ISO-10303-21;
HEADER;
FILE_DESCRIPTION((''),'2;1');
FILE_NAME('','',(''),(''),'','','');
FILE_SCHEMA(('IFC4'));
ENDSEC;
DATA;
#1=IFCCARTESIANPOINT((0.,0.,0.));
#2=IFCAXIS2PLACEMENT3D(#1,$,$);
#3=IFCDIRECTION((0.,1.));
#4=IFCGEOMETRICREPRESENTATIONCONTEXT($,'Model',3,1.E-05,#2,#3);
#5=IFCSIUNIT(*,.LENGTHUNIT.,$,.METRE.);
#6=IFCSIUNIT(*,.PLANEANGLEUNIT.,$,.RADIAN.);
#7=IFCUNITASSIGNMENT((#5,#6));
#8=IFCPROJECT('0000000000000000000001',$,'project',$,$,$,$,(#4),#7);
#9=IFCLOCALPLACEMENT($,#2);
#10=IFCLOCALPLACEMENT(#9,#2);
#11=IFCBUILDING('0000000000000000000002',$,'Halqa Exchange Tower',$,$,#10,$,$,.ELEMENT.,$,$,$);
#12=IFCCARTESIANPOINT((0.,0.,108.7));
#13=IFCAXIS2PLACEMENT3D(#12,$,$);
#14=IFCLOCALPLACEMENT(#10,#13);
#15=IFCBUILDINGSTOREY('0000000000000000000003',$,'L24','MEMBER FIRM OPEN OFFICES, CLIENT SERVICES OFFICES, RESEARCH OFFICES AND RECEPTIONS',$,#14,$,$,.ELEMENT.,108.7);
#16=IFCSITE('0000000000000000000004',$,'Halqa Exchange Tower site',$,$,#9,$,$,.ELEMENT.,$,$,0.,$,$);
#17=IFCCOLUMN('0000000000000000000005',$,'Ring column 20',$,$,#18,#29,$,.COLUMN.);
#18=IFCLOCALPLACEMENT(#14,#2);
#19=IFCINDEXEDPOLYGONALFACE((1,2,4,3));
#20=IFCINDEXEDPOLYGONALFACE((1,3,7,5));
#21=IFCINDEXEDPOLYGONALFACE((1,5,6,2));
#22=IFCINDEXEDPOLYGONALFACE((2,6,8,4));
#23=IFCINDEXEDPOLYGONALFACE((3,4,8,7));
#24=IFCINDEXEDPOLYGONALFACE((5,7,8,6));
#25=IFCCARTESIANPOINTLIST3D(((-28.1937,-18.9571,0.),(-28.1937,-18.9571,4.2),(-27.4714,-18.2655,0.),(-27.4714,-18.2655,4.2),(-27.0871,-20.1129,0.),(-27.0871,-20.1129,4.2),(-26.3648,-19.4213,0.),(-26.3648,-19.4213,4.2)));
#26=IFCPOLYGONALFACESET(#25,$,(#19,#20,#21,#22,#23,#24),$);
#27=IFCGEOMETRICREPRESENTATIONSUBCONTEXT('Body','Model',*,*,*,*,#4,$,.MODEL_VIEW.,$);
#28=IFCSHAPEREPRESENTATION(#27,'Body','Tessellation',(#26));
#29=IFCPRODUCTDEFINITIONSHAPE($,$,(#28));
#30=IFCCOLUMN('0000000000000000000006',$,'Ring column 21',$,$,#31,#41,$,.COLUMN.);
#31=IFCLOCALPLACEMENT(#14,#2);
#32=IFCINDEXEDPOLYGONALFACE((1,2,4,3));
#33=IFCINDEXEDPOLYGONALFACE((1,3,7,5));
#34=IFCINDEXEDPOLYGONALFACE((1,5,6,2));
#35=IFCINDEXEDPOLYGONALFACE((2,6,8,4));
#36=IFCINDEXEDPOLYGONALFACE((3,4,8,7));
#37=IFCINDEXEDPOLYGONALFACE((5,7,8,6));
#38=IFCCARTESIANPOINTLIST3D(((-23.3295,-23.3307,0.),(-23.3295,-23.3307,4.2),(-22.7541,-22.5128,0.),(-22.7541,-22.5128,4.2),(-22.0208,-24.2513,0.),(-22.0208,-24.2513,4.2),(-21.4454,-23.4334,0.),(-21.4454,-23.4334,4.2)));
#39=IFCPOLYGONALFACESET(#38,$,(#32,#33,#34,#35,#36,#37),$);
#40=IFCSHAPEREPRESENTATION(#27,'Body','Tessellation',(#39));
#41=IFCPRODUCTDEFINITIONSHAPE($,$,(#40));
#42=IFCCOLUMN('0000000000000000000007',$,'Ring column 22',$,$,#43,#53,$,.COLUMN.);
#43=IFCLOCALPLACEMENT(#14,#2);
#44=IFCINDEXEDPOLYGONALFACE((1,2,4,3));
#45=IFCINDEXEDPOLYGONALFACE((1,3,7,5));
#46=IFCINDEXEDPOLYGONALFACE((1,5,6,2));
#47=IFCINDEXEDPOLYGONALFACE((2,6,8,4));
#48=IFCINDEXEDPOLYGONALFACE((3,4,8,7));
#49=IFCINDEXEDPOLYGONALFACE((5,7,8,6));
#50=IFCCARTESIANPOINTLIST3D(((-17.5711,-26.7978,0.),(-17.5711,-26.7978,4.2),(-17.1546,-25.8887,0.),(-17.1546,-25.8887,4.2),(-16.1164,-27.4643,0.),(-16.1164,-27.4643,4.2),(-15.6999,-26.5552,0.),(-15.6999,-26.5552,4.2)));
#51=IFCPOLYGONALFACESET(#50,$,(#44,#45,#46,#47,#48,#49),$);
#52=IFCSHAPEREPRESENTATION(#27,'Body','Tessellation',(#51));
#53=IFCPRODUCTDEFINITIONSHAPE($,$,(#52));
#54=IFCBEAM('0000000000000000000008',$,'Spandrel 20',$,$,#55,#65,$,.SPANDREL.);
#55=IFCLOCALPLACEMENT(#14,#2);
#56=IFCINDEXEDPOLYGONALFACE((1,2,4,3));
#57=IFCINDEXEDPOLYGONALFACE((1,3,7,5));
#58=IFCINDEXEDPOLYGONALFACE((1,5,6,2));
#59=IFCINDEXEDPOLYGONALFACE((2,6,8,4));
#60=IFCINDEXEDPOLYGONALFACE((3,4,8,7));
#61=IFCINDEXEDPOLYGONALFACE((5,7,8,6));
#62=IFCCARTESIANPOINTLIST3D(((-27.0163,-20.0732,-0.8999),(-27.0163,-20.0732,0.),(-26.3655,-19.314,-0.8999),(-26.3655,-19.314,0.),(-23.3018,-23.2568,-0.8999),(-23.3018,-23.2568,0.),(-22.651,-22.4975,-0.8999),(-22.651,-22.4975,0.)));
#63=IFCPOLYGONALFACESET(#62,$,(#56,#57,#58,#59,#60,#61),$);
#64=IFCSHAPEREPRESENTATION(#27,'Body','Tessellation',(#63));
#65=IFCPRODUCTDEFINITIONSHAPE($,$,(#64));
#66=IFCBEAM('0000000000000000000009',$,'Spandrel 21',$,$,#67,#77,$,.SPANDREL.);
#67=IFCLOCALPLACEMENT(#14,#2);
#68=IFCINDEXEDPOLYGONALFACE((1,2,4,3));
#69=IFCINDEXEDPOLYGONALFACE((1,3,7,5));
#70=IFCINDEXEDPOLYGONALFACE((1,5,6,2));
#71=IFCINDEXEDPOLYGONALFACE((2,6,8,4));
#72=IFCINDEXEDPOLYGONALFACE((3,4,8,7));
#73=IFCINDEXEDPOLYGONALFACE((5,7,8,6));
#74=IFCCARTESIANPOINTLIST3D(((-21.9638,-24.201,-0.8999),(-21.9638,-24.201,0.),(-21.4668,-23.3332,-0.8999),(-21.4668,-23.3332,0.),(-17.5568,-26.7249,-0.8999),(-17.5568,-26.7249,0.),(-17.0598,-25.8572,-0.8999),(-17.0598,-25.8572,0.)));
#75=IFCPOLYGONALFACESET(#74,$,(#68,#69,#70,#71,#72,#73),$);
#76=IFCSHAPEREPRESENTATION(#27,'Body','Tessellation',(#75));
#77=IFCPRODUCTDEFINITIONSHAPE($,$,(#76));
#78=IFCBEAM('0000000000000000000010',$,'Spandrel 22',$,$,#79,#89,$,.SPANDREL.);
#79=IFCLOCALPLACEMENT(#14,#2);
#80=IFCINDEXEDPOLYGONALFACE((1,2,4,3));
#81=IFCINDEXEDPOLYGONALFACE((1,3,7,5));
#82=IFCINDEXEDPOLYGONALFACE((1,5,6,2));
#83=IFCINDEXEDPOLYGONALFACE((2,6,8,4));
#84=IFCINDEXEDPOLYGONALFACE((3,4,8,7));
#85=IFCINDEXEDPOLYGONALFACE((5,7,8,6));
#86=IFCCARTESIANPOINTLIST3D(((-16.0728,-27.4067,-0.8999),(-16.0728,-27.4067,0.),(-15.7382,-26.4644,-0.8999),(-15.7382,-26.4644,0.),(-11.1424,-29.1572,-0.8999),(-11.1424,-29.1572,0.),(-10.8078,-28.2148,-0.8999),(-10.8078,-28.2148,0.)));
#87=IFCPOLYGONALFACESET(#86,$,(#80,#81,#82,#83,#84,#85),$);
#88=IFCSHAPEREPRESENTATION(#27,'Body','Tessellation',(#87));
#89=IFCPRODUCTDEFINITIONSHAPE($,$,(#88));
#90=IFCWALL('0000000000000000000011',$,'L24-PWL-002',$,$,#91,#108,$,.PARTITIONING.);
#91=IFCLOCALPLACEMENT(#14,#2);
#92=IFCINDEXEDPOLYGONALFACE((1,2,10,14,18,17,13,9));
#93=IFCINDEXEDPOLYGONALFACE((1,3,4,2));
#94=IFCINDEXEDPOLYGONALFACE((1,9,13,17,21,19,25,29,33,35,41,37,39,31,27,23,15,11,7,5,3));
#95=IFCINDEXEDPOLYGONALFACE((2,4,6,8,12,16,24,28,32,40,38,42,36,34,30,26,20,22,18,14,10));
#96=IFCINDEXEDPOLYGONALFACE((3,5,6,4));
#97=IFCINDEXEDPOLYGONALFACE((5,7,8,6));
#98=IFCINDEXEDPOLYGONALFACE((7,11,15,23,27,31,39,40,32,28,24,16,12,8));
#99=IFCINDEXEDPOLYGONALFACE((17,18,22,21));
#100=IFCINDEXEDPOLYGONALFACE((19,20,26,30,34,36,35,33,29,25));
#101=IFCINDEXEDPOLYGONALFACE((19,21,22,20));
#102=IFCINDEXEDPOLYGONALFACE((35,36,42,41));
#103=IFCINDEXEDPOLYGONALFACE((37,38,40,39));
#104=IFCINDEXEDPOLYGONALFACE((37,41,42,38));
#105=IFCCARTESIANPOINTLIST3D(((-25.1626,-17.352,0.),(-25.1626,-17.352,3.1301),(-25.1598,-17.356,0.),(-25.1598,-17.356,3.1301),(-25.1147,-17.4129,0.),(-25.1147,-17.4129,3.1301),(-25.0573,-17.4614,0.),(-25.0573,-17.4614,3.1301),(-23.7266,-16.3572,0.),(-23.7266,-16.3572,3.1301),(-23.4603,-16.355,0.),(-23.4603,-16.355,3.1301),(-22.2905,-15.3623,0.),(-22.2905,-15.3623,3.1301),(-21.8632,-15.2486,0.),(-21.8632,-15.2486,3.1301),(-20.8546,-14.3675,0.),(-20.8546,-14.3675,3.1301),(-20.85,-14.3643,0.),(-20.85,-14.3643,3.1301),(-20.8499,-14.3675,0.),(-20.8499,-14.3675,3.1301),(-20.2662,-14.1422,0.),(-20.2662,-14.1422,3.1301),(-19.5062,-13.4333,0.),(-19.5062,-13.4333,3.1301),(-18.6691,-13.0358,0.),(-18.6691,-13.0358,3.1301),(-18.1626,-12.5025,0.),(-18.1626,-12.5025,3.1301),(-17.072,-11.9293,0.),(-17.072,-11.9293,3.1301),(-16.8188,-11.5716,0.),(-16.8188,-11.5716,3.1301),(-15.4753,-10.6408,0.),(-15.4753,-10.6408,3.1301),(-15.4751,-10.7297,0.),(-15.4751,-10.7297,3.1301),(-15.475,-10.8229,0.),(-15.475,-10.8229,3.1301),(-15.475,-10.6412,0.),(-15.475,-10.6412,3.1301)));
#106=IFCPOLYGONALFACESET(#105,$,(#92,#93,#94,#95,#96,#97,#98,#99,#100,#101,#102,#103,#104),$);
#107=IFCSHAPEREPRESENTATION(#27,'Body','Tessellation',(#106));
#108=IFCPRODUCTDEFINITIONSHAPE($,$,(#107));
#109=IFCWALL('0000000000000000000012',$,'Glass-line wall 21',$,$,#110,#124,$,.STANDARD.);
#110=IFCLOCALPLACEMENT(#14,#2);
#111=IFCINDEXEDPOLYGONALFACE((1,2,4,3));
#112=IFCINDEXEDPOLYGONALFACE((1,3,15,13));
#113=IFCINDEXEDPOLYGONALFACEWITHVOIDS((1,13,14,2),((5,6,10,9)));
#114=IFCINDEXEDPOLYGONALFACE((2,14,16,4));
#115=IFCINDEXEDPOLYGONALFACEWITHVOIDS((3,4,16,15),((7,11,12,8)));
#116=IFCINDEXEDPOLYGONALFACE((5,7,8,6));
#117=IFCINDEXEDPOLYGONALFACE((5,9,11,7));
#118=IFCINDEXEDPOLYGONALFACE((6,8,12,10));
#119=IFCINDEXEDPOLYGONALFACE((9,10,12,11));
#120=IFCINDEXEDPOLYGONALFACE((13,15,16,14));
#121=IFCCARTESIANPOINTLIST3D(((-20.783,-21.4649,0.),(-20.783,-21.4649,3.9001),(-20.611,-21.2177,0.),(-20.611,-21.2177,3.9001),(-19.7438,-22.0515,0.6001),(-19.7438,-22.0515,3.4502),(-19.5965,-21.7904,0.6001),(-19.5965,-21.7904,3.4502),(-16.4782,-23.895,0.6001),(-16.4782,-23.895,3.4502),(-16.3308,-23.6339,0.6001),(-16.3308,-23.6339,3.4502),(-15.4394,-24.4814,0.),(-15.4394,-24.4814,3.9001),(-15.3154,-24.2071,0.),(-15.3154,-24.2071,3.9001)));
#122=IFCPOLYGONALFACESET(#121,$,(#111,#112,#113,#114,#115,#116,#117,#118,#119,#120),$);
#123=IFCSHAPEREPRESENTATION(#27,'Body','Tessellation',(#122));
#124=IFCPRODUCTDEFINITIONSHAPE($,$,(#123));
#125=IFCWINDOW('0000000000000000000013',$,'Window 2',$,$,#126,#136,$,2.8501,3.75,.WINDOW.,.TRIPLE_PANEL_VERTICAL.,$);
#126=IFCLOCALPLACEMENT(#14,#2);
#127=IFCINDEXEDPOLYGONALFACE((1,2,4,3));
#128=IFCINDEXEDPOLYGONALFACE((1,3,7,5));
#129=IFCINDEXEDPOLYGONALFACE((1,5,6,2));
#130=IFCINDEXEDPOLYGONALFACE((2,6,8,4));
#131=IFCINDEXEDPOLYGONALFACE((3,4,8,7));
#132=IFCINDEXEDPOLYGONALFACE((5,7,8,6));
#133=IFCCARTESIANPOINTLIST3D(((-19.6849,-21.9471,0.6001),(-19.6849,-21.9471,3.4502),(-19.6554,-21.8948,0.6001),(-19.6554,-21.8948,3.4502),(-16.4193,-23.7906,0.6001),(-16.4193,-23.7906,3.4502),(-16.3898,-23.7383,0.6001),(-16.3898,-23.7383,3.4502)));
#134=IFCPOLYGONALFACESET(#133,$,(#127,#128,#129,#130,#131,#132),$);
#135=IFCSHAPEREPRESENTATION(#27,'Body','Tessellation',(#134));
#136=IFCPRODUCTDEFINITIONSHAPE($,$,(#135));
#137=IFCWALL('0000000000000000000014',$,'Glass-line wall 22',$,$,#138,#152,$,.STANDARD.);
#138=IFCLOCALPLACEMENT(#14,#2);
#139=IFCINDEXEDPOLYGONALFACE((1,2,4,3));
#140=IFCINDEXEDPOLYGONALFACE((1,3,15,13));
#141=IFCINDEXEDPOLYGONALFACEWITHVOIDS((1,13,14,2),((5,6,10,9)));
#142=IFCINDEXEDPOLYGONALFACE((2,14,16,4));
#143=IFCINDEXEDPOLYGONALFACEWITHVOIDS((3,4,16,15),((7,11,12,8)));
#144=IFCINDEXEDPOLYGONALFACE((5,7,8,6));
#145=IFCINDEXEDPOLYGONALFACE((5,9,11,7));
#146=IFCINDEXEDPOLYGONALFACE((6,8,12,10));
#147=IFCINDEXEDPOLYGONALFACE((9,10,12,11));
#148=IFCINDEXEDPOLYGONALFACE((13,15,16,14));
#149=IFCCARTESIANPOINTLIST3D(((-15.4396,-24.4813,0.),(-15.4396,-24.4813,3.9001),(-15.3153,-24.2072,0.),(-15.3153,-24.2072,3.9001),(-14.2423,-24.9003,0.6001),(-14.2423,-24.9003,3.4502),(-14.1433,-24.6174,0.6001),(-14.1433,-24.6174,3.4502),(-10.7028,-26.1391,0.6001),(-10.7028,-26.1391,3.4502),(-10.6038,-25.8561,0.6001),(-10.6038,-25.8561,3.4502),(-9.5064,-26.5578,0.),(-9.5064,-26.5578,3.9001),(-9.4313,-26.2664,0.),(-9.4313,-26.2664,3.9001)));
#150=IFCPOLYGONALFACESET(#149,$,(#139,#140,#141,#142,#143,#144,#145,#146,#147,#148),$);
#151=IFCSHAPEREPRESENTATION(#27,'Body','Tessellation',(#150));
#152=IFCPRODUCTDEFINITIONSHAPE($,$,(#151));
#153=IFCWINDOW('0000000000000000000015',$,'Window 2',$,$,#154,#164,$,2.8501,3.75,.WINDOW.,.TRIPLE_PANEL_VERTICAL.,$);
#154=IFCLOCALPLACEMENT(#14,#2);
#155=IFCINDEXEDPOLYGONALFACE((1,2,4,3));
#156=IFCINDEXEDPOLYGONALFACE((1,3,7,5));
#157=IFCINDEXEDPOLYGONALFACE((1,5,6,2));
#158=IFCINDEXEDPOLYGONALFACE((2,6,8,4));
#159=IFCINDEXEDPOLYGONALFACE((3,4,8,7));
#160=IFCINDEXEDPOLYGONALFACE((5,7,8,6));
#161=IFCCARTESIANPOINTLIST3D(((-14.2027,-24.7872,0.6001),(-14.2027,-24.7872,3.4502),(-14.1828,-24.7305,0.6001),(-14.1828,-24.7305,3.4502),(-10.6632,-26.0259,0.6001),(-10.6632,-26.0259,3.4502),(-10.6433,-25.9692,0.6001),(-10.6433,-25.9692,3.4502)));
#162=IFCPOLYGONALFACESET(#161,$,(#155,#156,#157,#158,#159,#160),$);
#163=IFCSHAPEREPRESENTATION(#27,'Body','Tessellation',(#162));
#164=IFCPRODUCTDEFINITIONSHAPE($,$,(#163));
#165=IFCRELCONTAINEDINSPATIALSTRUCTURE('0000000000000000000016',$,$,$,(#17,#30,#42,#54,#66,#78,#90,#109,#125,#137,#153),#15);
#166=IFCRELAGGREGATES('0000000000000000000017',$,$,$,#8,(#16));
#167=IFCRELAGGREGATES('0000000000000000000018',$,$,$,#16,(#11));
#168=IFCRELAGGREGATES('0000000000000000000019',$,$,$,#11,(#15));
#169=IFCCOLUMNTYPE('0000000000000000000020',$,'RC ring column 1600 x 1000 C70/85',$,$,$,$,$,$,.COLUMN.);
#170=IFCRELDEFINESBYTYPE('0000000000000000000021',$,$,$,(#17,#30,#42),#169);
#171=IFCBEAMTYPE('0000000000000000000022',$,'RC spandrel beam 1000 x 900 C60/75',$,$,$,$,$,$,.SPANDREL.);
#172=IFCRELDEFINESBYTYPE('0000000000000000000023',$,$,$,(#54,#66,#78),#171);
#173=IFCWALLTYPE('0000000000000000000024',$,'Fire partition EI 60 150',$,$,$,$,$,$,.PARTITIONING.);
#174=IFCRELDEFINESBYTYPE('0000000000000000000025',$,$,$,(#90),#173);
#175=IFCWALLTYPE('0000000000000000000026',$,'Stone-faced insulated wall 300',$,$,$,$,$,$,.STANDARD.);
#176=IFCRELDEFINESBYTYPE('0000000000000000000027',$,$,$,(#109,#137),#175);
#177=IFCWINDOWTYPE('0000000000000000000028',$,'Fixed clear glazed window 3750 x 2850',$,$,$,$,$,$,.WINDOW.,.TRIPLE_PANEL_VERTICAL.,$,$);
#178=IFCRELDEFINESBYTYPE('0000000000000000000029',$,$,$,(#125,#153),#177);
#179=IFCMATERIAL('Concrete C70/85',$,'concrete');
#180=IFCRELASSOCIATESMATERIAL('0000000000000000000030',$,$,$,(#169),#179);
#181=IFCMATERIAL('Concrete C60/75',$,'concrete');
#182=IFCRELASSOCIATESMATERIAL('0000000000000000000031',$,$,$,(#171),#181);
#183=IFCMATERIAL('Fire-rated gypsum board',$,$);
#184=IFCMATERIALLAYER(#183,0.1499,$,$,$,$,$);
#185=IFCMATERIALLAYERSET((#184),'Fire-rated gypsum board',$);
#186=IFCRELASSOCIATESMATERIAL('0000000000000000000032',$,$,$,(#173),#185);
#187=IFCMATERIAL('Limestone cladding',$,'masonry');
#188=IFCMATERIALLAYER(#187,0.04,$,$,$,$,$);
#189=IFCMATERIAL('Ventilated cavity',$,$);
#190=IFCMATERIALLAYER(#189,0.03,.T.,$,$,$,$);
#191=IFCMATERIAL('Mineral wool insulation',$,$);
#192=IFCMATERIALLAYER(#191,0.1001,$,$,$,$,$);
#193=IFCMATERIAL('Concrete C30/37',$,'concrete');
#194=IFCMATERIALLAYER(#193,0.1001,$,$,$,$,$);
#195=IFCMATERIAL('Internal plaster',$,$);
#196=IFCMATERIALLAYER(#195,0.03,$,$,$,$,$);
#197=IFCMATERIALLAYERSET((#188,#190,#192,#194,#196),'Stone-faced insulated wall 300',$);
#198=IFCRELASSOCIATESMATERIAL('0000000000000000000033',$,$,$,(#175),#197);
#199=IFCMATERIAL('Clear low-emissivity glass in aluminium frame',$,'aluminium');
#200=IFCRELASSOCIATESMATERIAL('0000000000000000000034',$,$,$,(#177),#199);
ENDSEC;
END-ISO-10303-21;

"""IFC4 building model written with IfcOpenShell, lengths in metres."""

from ifc_helpers import new_model, si_unit, direction, frame, frame_2d, origin, origin_2d, place, context, subcontext, project, spatial, polyline, rectangle, outline, extrude, material, layer, layer_set, material_profile, profile_set, type_object, element, fill, save


model = new_model("IFC4")

# Units and contexts
model_context = context("Model", 3, precision=1e-05, world=origin(), true_north=direction((0.0, 1.0)))
body_context = subcontext(model_context, "Body", "Model", "MODEL_VIEW")
ifc_project = project(units=[si_unit("LENGTHUNIT", "METRE"), si_unit("PLANEANGLEUNIT", "RADIAN")], contexts=[model_context])

# Site, building, storey
site_placement = place(None, origin())
site = spatial("IfcSite", under=ifc_project, at=site_placement, Name="Halqa Exchange Tower site", CompositionType="ELEMENT", RefElevation=0.0)
building_placement = place(site_placement, origin())
building = spatial("IfcBuilding", under=site, at=building_placement, Name="Halqa Exchange Tower", CompositionType="ELEMENT")
storey_placement = place(building_placement, frame((0.0, 0.0, 108.7)))
storey = spatial("IfcBuildingStorey", under=building, at=storey_placement, Name="L24", Description="MEMBER FIRM OPEN OFFICES, CLIENT SERVICES OFFICES, RESEARCH OFFICES AND RECEPTIONS", CompositionType="ELEMENT", Elevation=108.7)

# Columns
ifc_material_1 = material(Name="Concrete C70/85", Category="concrete")
ifc_material_profile_1 = material_profile(ifc_material_1, rectangle(XDim=1.6001, YDim=1.0, at=origin_2d()), Name="1600 x 1000")
ifc_profile_set_1 = profile_set([ifc_material_profile_1], Name="Concrete C70/85")
column_type = type_object("IfcColumnType", Name="RC ring column 1600 x 1000 C70/85", PredefinedType="COLUMN", material=ifc_profile_set_1)
for number, where, z_axis, x_axis, name in (
    (1, (-27.2793, -19.1892, 0.0), (0.0, 0.0, 1.0), (0.691581, -0.722299, 0.0), "Ring column 20"),
    (2, (-22.3875, -23.3821, 0.0), (0.0, 0.0, 1.0), (0.817911, -0.575345, 0.0), "Ring column 21"),
    (3, (-16.6355, -26.6765, 0.0), (0.0, 0.0, 1.0), (0.909128, -0.416517, 0.0), "Ring column 22"),
):
    element("IfcColumn", number, at=place(storey_placement, frame(where, z_axis=z_axis, x_axis=x_axis)), inside=storey, type_object=column_type, Name=name, PredefinedType="COLUMN", context=body_context, shape_type="SweptSolid", body=[
        extrude(rectangle(XDim=1.6001, YDim=1.0, at=origin_2d()), origin(), (0.0, 0.0, 1.0), 4.2),
    ])

# Beams
ifc_material_2 = material(Name="Concrete C60/75", Category="concrete")
ifc_material_profile_2 = material_profile(ifc_material_2, rectangle(XDim=1.0, YDim=0.8999, at=origin_2d()), Name="1000 x 900")
ifc_profile_set_2 = profile_set([ifc_material_profile_2], Name="Concrete C60/75")
beam_type = type_object("IfcBeamType", Name="RC spandrel beam 1000 x 900 C60/75", PredefinedType="SPANDREL", material=ifc_profile_set_2)
beam_1_placement = place(storey_placement, frame((-26.6909, -19.6936, -0.45), z_axis=(0.759292, -0.65075, 0.0), x_axis=(0.65075, 0.759292, 0.0)))
element("IfcBeam", 4, at=beam_1_placement, inside=storey, type_object=beam_type, Name="Spandrel 20", PredefinedType="SPANDREL", context=body_context, shape_type="SweptSolid", body=[
    extrude(rectangle(XDim=1.0, YDim=0.8999, at=origin_2d()), origin(), (0.0, 0.0, 1.0), 4.8921),
])
beam_2_placement = place(storey_placement, frame((-21.7153, -23.7671, -0.45), z_axis=(0.867763, -0.496977, 0.0), x_axis=(0.496977, 0.867763, 0.0)))
element("IfcBeam", 5, at=beam_2_placement, inside=storey, type_object=beam_type, Name="Spandrel 21", PredefinedType="SPANDREL", context=body_context, shape_type="SweptSolid", body=[
    extrude(rectangle(XDim=1.0, YDim=0.8999, at=origin_2d()), origin(), (0.0, 0.0, 1.0), 5.0786),
])
beam_3_placement = place(storey_placement, frame((-15.9055, -26.9355, -0.45), z_axis=(0.942368, -0.334577, 0.0), x_axis=(0.334577, 0.942368, 0.0)))
element("IfcBeam", 6, at=beam_3_placement, inside=storey, type_object=beam_type, Name="Spandrel 22", PredefinedType="SPANDREL", context=body_context, shape_type="SweptSolid", body=[
    extrude(rectangle(XDim=1.0, YDim=0.8999, at=origin_2d()), origin(), (0.0, 0.0, 1.0), 5.2319),
])

# Wall
ifc_material_3 = material(Name="Fire-rated gypsum board")
ifc_layer_1 = layer(ifc_material_3, 0.1499)
ifc_layer_set_1 = layer_set([ifc_layer_1], Name="Fire-rated gypsum board")
wall_type_1 = type_object("IfcWallType", Name="Fire partition EI 60 150", PredefinedType="PARTITIONING", material=ifc_layer_set_1)
wall_1_placement = place(storey_placement, frame((-25.1199, -17.4136, 0.0), z_axis=(0.0, 0.0, 1.0), x_axis=(0.822009, 0.569475, 0.0)))
element("IfcWall", 7, at=wall_1_placement, inside=storey, type_object=wall_type_1, Name="L24-PWL-002", PredefinedType="PARTITIONING", context=body_context, shape_type="SweptSolid", body=[
    extrude(outline(polyline([(0.0242, -0.075), (1.967, -0.075), (3.9099, -0.075), (5.8528, -0.075), (7.7957, -0.075), (9.7385, -0.075), (11.6814, -0.075), (11.7344, 0.0017), (11.7344, 0.0017), (11.7849, 0.0745), (11.7849, 0.075), (10.1504, 0.075), (8.5156, 0.075), (6.8811, 0.075), (5.2463, 0.075), (5.2446, 0.0723), (5.2407, 0.075), (3.4939, 0.075), (1.7468, 0.075), (0.0, 0.075), (0.0, 0.0701), (0.0046, -0.0024), (0.0242, -0.075)])), origin(), (0.0, 0.0, 1.0), 3.1301),
])

# Shared definitions
ifc_material_4 = material(Name="Limestone cladding", Category="masonry")
ifc_layer_2 = layer(ifc_material_4, 0.04)
ifc_material_5 = material(Name="Ventilated cavity")
ifc_layer_3 = layer(ifc_material_5, 0.03, ventilated=True)
ifc_material_6 = material(Name="Mineral wool insulation")
ifc_layer_4 = layer(ifc_material_6, 0.1001)
ifc_material_7 = material(Name="Concrete C30/37", Category="concrete")
ifc_layer_5 = layer(ifc_material_7, 0.1001)
ifc_material_8 = material(Name="Internal plaster")
ifc_layer_6 = layer(ifc_material_8, 0.03)
ifc_layer_set_2 = layer_set([ifc_layer_2, ifc_layer_3, ifc_layer_4, ifc_layer_5, ifc_layer_6], Name="Stone-faced insulated wall 300")
wall_type_2 = type_object("IfcWallType", Name="Stone-faced insulated wall 300", PredefinedType="STANDARD", material=ifc_layer_set_2)
ifc_material_9 = material(Name="Clear low-emissivity glass in aluminium frame", Category="aluminium")

# Walls, openings, windows
wall_2_placement = place(storey_placement, frame((-20.697, -21.3413, 0.0), z_axis=(0.0, 0.0, 1.0), x_axis=(0.870828, -0.491587, 0.0)))
wall_2 = element("IfcWall", 8, at=wall_2_placement, inside=storey, type_object=wall_type_2, Name="Glass-line wall 21", PredefinedType="STANDARD", context=body_context, shape_type="SweptSolid", body=[
    extrude(outline(polyline([(-0.0142, -0.1499), (6.1221, -0.1499), (6.0952, 0.1499), (0.0142, 0.1499), (-0.0142, -0.1499)])), origin(), (0.0, 0.0, 1.0), 3.9001),
])
opening_1_placement = place(wall_2_placement, frame((1.1792, 0.0, 0.6001)))
opening_1 = element("IfcOpeningElement", 9, at=opening_1_placement, cuts=wall_2, PredefinedType="OPENING", context=body_context, shape_type="SweptSolid", body=[
    extrude(rectangle(XDim=3.75, YDim=2.8501, at=frame_2d((1.875, 1.425))), frame((0.0, 0.1621, 0.0), z_axis=(0.0, -1.0, 0.0), x_axis=(1.0, 0.0, 0.0)), (0.0, 0.0, 1.0), 0.324),
])
window_type = type_object("IfcWindowType", Name="Fixed clear glazed window 3750 x 2850", PartitioningType="TRIPLE_PANEL_VERTICAL", PredefinedType="WINDOW", material=ifc_material_9)
window_1_placement = place(opening_1_placement, origin())
window_1 = element("IfcWindow", 10, at=window_1_placement, inside=storey, type_object=window_type, Name="Window 2", OverallHeight=2.8501, OverallWidth=3.75, PartitioningType="TRIPLE_PANEL_VERTICAL", PredefinedType="WINDOW", context=body_context, shape_type="SweptSolid", body=[
    extrude(rectangle(XDim=3.75, YDim=2.8501, at=frame_2d((1.875, 1.425))), frame((0.0, 0.03, 0.0), z_axis=(0.0, -1.0, 0.0), x_axis=(1.0, 0.0, 0.0)), (0.0, 0.0, 1.0), 0.0601),
])
fill(opening_1, window_1)
wall_3_placement = place(storey_placement, frame((-15.3774, -24.3442, 0.0), z_axis=(0.0, 0.0, 1.0), x_axis=(0.943867, -0.330326, 0.0)))
wall_3 = element("IfcWall", 11, at=wall_3_placement, inside=storey, type_object=wall_type_2, Name="Glass-line wall 22", PredefinedType="STANDARD", context=body_context, shape_type="SweptSolid", body=[
    extrude(outline(polyline([(-0.0134, -0.1499), (6.2727, -0.1499), (6.2473, 0.1499), (0.0134, 0.1499), (-0.0134, -0.1499)])), origin(), (0.0, 0.0, 1.0), 3.9001),
])
opening_2_placement = place(wall_3_placement, frame((1.2551, 0.0, 0.6001)))
opening_2 = element("IfcOpeningElement", 12, at=opening_2_placement, cuts=wall_3, PredefinedType="OPENING", context=body_context, shape_type="SweptSolid", body=[
    extrude(rectangle(XDim=3.75, YDim=2.8501, at=frame_2d((1.875, 1.425))), frame((0.0, 0.1621, 0.0), z_axis=(0.0, -1.0, 0.0), x_axis=(1.0, 0.0, 0.0)), (0.0, 0.0, 1.0), 0.324),
])
window_2_placement = place(opening_2_placement, origin())
window_2 = element("IfcWindow", 13, at=window_2_placement, inside=storey, type_object=window_type, Name="Window 2", OverallHeight=2.8501, OverallWidth=3.75, PartitioningType="TRIPLE_PANEL_VERTICAL", PredefinedType="WINDOW", context=body_context, shape_type="SweptSolid", body=[
    extrude(rectangle(XDim=3.75, YDim=2.8501, at=frame_2d((1.875, 1.425))), frame((0.0, 0.03, 0.0), z_axis=(0.0, -1.0, 0.0), x_axis=(1.0, 0.0, 0.0)), (0.0, 0.0, 1.0), 0.0601),
])
fill(opening_2, window_2)

save(model, "model.ifc")
